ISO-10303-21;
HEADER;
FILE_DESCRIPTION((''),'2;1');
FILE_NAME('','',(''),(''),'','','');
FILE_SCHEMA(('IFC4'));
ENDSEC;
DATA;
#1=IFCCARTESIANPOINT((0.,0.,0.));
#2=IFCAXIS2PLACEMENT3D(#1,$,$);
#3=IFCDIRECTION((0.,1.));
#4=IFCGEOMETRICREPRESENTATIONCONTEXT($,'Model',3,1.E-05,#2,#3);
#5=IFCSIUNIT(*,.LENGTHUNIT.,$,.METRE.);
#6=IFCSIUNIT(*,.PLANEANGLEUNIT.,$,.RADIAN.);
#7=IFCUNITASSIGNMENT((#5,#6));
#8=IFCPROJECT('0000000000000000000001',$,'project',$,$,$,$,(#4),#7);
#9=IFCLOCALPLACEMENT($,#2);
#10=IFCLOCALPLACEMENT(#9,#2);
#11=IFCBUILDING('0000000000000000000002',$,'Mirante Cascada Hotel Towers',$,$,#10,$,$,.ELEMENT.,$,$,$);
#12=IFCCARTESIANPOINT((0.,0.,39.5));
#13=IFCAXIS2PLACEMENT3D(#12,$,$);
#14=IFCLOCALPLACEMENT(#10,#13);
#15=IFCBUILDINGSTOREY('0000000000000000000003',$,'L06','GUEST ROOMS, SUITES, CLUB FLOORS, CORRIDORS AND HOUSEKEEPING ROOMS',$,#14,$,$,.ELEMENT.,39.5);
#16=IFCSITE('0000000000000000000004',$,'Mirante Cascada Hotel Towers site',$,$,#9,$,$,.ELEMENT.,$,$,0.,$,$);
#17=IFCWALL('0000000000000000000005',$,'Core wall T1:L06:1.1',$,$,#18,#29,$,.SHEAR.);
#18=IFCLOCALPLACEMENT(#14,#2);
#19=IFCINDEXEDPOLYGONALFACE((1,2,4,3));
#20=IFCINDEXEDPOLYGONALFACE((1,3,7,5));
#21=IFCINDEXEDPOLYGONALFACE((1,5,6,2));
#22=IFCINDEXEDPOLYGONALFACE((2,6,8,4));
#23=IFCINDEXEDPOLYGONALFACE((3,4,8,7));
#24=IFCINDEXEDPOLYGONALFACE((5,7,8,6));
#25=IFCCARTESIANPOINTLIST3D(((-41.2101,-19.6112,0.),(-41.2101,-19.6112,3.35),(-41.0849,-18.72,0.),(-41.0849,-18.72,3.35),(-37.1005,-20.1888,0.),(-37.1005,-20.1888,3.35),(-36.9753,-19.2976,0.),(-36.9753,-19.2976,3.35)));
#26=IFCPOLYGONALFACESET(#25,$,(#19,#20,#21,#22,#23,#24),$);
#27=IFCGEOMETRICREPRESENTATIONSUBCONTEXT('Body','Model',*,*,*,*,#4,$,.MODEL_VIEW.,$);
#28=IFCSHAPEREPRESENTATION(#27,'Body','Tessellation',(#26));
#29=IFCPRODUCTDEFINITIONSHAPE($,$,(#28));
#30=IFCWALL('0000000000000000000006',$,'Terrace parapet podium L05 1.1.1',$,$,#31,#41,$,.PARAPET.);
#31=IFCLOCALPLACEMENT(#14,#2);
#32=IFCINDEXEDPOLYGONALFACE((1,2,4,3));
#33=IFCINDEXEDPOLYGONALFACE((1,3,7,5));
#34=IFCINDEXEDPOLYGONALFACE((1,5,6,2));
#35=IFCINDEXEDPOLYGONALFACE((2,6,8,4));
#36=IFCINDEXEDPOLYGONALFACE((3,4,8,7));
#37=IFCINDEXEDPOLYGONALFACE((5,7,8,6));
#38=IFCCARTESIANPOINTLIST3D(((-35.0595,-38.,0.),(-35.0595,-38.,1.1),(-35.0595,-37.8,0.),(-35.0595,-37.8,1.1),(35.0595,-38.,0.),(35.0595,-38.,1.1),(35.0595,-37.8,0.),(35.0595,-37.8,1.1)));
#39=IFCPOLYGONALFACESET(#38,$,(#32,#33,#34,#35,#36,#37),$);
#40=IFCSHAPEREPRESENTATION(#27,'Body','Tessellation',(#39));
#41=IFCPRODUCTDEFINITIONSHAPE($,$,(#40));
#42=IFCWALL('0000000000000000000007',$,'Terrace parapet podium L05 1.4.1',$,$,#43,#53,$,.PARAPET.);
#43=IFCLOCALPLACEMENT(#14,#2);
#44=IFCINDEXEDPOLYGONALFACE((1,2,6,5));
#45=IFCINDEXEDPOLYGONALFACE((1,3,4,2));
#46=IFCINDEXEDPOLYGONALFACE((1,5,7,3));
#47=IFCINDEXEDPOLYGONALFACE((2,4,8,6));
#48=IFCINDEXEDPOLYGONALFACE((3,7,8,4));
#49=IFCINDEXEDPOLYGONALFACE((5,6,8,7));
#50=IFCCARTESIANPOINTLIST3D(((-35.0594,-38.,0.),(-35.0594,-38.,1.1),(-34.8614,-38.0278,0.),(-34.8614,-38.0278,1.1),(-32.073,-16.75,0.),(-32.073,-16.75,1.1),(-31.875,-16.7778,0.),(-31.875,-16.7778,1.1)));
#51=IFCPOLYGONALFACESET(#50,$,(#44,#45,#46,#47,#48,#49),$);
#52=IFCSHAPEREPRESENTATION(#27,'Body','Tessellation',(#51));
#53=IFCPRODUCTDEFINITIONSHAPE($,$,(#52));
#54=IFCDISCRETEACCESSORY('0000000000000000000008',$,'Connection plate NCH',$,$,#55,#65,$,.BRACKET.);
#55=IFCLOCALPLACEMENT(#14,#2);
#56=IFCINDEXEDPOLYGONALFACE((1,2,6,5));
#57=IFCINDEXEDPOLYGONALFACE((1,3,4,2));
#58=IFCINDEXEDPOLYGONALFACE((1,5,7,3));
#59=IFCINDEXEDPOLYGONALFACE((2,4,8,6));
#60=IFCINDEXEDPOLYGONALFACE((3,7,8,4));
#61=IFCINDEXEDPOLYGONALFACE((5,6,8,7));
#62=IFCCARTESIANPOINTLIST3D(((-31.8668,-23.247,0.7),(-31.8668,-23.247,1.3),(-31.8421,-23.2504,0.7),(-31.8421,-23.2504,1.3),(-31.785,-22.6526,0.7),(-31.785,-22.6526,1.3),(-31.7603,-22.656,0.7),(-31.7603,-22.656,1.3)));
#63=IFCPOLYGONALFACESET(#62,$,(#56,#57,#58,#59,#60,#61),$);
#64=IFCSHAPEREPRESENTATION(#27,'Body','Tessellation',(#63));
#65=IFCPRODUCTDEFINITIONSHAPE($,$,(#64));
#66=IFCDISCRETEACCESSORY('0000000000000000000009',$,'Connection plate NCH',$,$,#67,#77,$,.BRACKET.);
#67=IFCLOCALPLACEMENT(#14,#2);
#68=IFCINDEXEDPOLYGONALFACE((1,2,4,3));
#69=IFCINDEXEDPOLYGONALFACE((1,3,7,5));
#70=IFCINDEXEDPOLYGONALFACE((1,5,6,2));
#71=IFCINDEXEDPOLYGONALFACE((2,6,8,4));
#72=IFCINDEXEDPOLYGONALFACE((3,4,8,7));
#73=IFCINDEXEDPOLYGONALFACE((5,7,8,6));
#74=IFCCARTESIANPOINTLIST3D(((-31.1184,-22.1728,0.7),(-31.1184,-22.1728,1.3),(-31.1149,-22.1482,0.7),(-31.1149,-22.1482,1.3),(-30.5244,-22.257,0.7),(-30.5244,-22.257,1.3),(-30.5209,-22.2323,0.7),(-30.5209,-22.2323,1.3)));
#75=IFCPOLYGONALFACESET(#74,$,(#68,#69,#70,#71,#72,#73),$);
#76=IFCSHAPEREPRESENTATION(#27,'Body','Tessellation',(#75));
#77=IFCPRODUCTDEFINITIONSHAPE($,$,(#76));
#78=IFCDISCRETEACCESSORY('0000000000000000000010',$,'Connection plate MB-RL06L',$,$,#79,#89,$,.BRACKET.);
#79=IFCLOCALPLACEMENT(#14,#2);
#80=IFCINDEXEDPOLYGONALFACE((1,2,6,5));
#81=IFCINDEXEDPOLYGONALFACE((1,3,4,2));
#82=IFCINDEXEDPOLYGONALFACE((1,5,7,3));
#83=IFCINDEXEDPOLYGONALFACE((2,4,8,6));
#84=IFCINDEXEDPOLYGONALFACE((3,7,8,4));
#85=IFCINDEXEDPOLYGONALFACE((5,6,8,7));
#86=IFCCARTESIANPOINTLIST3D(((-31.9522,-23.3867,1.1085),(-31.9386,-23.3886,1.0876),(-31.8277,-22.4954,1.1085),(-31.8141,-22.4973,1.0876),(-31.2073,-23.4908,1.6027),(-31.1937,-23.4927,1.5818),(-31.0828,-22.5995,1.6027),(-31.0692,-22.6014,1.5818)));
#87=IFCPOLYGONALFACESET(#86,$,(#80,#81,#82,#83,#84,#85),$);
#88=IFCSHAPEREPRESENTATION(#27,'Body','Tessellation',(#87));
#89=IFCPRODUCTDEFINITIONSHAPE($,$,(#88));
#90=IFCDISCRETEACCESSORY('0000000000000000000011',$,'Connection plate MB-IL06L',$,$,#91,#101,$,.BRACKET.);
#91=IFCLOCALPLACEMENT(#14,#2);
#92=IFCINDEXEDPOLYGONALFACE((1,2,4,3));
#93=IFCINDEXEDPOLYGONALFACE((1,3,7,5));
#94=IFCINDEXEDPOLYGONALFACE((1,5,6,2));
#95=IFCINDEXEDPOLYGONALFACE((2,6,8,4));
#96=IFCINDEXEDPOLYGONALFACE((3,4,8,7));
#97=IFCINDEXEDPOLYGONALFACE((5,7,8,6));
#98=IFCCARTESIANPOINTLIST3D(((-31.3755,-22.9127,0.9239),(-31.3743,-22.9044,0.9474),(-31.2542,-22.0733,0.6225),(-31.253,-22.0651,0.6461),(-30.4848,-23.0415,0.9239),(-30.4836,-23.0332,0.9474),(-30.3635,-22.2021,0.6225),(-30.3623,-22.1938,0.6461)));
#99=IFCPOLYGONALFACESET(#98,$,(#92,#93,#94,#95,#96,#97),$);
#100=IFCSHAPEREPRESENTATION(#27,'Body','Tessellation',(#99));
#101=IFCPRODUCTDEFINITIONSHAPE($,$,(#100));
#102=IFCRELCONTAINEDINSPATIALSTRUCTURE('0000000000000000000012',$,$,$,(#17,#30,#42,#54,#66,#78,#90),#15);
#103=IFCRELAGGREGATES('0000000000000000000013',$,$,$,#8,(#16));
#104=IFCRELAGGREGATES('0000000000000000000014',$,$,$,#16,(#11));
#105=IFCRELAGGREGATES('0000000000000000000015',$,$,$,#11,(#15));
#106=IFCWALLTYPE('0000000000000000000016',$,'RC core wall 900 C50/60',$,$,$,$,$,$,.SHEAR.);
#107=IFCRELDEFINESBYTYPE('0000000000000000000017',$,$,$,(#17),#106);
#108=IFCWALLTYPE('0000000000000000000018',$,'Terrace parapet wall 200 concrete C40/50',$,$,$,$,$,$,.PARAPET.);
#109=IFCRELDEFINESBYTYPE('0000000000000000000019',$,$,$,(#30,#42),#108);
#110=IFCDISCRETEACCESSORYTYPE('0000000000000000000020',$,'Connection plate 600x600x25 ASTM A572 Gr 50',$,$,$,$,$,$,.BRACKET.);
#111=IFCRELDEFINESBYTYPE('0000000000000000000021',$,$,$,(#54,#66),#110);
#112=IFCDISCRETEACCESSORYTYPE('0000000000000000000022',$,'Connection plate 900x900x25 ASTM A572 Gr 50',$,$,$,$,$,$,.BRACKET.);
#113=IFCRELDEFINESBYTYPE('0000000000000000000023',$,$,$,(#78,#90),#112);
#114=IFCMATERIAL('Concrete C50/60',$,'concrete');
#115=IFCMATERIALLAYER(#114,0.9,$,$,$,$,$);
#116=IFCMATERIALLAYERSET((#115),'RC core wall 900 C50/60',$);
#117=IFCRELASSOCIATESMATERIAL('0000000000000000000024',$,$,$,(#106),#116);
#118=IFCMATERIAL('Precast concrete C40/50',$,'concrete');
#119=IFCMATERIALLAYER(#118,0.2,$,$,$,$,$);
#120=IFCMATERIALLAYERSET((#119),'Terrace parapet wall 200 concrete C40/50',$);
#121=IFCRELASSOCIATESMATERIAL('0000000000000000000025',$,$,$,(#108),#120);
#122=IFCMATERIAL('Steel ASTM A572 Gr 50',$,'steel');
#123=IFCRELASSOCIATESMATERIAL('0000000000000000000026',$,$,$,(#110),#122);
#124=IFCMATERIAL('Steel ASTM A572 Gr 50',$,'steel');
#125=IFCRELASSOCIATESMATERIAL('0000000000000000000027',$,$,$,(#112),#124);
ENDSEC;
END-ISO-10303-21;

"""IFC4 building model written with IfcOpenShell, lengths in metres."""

from ifc_helpers import new_model, si_unit, direction, frame, frame_2d, origin, origin_2d, place, context, subcontext, project, spatial, rectangle, extrude, material, layer, layer_set, material_profile, profile_set, type_object, element, save


model = new_model("IFC4")

# Units and contexts
model_context = context("Model", 3, precision=1e-05, world=origin(), true_north=direction((0.0, 1.0)))
body_context = subcontext(model_context, "Body", "Model", "MODEL_VIEW")
ifc_project = project(units=[si_unit("LENGTHUNIT", "METRE"), si_unit("PLANEANGLEUNIT", "RADIAN")], contexts=[model_context])

# Site, building, storey
site_placement = place(None, origin())
site = spatial("IfcSite", under=ifc_project, at=site_placement, Name="Mirante Cascada Hotel Towers site", CompositionType="ELEMENT", RefElevation=0.0)
building_placement = place(site_placement, origin())
building = spatial("IfcBuilding", under=site, at=building_placement, Name="Mirante Cascada Hotel Towers", CompositionType="ELEMENT")
storey_placement = place(building_placement, frame((0.0, 0.0, 39.5)))
storey = spatial("IfcBuildingStorey", under=building, at=storey_placement, Name="L06", Description="GUEST ROOMS, SUITES, CLUB FLOORS, CORRIDORS AND HOUSEKEEPING ROOMS", CompositionType="ELEMENT", Elevation=39.5)

# Walls
ifc_material_1 = material(Name="Concrete C50/60", Category="concrete")
ifc_layer_1 = layer(ifc_material_1, 0.9)
ifc_layer_set_1 = layer_set([ifc_layer_1], Name="RC core wall 900 C50/60")
wall_type_1 = type_object("IfcWallType", Name="RC core wall 900 C50/60", PredefinedType="SHEAR", material=ifc_layer_set_1)
wall_1_placement = place(storey_placement, frame((-37.0379, -19.7432, 0.0), z_axis=(0.0, 0.0, 1.0), x_axis=(-0.990267, 0.139181, 0.0)))
element("IfcWall", 1, at=wall_1_placement, inside=storey, type_object=wall_type_1, Name="Core wall T1:L06:1.1", PredefinedType="SHEAR", context=body_context, shape_type="SweptSolid", body=[
    extrude(rectangle(XDim=4.15, YDim=0.9, at=frame_2d((2.075, 0.0))), origin(), (0.0, 0.0, 1.0), 3.35),
])
ifc_material_2 = material(Name="Precast concrete C40/50", Category="concrete")
ifc_layer_2 = layer(ifc_material_2, 0.2)
ifc_layer_set_2 = layer_set([ifc_layer_2], Name="Terrace parapet wall 200 concrete C40/50")
wall_type_2 = type_object("IfcWallType", Name="Terrace parapet wall 200 concrete C40/50", PredefinedType="PARAPET", material=ifc_layer_set_2)
wall_2_placement = place(storey_placement, frame((-35.0595, -37.9, 0.0), z_axis=(0.0, 0.0, 1.0), x_axis=(1.0, 0.0, 0.0)))
element("IfcWall", 2, at=wall_2_placement, inside=storey, type_object=wall_type_2, Name="Terrace parapet podium L05 1.1.1", PredefinedType="PARAPET", context=body_context, shape_type="SweptSolid", body=[
    extrude(rectangle(XDim=70.119, YDim=0.2, at=frame_2d((35.0595, 0.0))), origin(), (0.0, 0.0, 1.0), 1.1),
])
wall_3_placement = place(storey_placement, frame((-31.974, -16.7639, 0.0), z_axis=(0.0, 0.0, 1.0), x_axis=(-0.139169, -0.990269, 0.0)))
element("IfcWall", 3, at=wall_3_placement, inside=storey, type_object=wall_type_2, Name="Terrace parapet podium L05 1.4.1", PredefinedType="PARAPET", context=body_context, shape_type="SweptSolid", body=[
    extrude(rectangle(XDim=21.4588, YDim=0.2, at=frame_2d((10.7294, 0.0))), origin(), (0.0, 0.0, 1.0), 1.1),
])

# Discrete accessories
ifc_material_3 = material(Name="Steel ASTM A572 Gr 50", Category="steel")
ifc_material_profile_1 = material_profile(ifc_material_3, rectangle(XDim=0.6, YDim=0.6, at=origin_2d()), Name="Connection plate 600x600x25 ASTM A572 Gr 50")
ifc_profile_set_1 = profile_set([ifc_material_profile_1], Name="Steel ASTM A572 Gr 50")
discrete_accessory_type_1 = type_object("IfcDiscreteAccessoryType", Name="Connection plate 600x600x25 ASTM A572 Gr 50", PredefinedType="BRACKET", material=ifc_profile_set_1)
for number, where, z_axis, x_axis, name in (
    (4, (-31.8012, -22.9532, 1.0), (-0.990658, 0.136366, 0.0), (-0.136366, -0.990658, 0.0), "Connection plate NCH"),
    (5, (-30.8214, -22.2149, 1.0), (0.140299, 0.990109, 0.0), (-0.990109, 0.140299, 0.0), "Connection plate NCH"),
):
    element("IfcDiscreteAccessory", number, at=place(storey_placement, frame(where, z_axis=z_axis, x_axis=x_axis)), inside=storey, type_object=discrete_accessory_type_1, Name=name, PredefinedType="BRACKET", context=body_context, shape_type="SweptSolid", body=[
        extrude(rectangle(XDim=0.6, YDim=0.6, at=origin_2d()), origin(), (0.0, 0.0, 1.0), 0.0249),
    ])
ifc_material_4 = material(Name="Steel ASTM A572 Gr 50", Category="steel")
ifc_material_profile_2 = material_profile(ifc_material_4, rectangle(XDim=0.9, YDim=0.9, at=origin_2d()), Name="Connection plate 900x900x25 ASTM A572 Gr 50")
ifc_profile_set_2 = profile_set([ifc_material_profile_2], Name="Steel ASTM A572 Gr 50")
discrete_accessory_type_2 = type_object("IfcDiscreteAccessoryType", Name="Connection plate 900x900x25 ASTM A572 Gr 50", PredefinedType="BRACKET", material=ifc_profile_set_2)
for number, where, z_axis, x_axis, name in (
    (6, (-31.5039, -22.995, 1.3347), (-0.543835, 0.075977, 0.835746), (-0.138362, -0.990382, 0.0), "Connection plate MB-RL06L"),
    (7, (-30.8695, -22.5574, 0.7732), (0.047912, 0.331393, 0.942275), (-0.98971, 0.143091, 0.0), "Connection plate MB-IL06L"),
):
    element("IfcDiscreteAccessory", number, at=place(storey_placement, frame(where, z_axis=z_axis, x_axis=x_axis)), inside=storey, type_object=discrete_accessory_type_2, Name=name, PredefinedType="BRACKET", context=body_context, shape_type="SweptSolid", body=[
        extrude(rectangle(XDim=0.9, YDim=0.9, at=origin_2d()), origin(), (0.0, 0.0, 1.0), 0.025),
    ])

save(model, "model.ifc")
